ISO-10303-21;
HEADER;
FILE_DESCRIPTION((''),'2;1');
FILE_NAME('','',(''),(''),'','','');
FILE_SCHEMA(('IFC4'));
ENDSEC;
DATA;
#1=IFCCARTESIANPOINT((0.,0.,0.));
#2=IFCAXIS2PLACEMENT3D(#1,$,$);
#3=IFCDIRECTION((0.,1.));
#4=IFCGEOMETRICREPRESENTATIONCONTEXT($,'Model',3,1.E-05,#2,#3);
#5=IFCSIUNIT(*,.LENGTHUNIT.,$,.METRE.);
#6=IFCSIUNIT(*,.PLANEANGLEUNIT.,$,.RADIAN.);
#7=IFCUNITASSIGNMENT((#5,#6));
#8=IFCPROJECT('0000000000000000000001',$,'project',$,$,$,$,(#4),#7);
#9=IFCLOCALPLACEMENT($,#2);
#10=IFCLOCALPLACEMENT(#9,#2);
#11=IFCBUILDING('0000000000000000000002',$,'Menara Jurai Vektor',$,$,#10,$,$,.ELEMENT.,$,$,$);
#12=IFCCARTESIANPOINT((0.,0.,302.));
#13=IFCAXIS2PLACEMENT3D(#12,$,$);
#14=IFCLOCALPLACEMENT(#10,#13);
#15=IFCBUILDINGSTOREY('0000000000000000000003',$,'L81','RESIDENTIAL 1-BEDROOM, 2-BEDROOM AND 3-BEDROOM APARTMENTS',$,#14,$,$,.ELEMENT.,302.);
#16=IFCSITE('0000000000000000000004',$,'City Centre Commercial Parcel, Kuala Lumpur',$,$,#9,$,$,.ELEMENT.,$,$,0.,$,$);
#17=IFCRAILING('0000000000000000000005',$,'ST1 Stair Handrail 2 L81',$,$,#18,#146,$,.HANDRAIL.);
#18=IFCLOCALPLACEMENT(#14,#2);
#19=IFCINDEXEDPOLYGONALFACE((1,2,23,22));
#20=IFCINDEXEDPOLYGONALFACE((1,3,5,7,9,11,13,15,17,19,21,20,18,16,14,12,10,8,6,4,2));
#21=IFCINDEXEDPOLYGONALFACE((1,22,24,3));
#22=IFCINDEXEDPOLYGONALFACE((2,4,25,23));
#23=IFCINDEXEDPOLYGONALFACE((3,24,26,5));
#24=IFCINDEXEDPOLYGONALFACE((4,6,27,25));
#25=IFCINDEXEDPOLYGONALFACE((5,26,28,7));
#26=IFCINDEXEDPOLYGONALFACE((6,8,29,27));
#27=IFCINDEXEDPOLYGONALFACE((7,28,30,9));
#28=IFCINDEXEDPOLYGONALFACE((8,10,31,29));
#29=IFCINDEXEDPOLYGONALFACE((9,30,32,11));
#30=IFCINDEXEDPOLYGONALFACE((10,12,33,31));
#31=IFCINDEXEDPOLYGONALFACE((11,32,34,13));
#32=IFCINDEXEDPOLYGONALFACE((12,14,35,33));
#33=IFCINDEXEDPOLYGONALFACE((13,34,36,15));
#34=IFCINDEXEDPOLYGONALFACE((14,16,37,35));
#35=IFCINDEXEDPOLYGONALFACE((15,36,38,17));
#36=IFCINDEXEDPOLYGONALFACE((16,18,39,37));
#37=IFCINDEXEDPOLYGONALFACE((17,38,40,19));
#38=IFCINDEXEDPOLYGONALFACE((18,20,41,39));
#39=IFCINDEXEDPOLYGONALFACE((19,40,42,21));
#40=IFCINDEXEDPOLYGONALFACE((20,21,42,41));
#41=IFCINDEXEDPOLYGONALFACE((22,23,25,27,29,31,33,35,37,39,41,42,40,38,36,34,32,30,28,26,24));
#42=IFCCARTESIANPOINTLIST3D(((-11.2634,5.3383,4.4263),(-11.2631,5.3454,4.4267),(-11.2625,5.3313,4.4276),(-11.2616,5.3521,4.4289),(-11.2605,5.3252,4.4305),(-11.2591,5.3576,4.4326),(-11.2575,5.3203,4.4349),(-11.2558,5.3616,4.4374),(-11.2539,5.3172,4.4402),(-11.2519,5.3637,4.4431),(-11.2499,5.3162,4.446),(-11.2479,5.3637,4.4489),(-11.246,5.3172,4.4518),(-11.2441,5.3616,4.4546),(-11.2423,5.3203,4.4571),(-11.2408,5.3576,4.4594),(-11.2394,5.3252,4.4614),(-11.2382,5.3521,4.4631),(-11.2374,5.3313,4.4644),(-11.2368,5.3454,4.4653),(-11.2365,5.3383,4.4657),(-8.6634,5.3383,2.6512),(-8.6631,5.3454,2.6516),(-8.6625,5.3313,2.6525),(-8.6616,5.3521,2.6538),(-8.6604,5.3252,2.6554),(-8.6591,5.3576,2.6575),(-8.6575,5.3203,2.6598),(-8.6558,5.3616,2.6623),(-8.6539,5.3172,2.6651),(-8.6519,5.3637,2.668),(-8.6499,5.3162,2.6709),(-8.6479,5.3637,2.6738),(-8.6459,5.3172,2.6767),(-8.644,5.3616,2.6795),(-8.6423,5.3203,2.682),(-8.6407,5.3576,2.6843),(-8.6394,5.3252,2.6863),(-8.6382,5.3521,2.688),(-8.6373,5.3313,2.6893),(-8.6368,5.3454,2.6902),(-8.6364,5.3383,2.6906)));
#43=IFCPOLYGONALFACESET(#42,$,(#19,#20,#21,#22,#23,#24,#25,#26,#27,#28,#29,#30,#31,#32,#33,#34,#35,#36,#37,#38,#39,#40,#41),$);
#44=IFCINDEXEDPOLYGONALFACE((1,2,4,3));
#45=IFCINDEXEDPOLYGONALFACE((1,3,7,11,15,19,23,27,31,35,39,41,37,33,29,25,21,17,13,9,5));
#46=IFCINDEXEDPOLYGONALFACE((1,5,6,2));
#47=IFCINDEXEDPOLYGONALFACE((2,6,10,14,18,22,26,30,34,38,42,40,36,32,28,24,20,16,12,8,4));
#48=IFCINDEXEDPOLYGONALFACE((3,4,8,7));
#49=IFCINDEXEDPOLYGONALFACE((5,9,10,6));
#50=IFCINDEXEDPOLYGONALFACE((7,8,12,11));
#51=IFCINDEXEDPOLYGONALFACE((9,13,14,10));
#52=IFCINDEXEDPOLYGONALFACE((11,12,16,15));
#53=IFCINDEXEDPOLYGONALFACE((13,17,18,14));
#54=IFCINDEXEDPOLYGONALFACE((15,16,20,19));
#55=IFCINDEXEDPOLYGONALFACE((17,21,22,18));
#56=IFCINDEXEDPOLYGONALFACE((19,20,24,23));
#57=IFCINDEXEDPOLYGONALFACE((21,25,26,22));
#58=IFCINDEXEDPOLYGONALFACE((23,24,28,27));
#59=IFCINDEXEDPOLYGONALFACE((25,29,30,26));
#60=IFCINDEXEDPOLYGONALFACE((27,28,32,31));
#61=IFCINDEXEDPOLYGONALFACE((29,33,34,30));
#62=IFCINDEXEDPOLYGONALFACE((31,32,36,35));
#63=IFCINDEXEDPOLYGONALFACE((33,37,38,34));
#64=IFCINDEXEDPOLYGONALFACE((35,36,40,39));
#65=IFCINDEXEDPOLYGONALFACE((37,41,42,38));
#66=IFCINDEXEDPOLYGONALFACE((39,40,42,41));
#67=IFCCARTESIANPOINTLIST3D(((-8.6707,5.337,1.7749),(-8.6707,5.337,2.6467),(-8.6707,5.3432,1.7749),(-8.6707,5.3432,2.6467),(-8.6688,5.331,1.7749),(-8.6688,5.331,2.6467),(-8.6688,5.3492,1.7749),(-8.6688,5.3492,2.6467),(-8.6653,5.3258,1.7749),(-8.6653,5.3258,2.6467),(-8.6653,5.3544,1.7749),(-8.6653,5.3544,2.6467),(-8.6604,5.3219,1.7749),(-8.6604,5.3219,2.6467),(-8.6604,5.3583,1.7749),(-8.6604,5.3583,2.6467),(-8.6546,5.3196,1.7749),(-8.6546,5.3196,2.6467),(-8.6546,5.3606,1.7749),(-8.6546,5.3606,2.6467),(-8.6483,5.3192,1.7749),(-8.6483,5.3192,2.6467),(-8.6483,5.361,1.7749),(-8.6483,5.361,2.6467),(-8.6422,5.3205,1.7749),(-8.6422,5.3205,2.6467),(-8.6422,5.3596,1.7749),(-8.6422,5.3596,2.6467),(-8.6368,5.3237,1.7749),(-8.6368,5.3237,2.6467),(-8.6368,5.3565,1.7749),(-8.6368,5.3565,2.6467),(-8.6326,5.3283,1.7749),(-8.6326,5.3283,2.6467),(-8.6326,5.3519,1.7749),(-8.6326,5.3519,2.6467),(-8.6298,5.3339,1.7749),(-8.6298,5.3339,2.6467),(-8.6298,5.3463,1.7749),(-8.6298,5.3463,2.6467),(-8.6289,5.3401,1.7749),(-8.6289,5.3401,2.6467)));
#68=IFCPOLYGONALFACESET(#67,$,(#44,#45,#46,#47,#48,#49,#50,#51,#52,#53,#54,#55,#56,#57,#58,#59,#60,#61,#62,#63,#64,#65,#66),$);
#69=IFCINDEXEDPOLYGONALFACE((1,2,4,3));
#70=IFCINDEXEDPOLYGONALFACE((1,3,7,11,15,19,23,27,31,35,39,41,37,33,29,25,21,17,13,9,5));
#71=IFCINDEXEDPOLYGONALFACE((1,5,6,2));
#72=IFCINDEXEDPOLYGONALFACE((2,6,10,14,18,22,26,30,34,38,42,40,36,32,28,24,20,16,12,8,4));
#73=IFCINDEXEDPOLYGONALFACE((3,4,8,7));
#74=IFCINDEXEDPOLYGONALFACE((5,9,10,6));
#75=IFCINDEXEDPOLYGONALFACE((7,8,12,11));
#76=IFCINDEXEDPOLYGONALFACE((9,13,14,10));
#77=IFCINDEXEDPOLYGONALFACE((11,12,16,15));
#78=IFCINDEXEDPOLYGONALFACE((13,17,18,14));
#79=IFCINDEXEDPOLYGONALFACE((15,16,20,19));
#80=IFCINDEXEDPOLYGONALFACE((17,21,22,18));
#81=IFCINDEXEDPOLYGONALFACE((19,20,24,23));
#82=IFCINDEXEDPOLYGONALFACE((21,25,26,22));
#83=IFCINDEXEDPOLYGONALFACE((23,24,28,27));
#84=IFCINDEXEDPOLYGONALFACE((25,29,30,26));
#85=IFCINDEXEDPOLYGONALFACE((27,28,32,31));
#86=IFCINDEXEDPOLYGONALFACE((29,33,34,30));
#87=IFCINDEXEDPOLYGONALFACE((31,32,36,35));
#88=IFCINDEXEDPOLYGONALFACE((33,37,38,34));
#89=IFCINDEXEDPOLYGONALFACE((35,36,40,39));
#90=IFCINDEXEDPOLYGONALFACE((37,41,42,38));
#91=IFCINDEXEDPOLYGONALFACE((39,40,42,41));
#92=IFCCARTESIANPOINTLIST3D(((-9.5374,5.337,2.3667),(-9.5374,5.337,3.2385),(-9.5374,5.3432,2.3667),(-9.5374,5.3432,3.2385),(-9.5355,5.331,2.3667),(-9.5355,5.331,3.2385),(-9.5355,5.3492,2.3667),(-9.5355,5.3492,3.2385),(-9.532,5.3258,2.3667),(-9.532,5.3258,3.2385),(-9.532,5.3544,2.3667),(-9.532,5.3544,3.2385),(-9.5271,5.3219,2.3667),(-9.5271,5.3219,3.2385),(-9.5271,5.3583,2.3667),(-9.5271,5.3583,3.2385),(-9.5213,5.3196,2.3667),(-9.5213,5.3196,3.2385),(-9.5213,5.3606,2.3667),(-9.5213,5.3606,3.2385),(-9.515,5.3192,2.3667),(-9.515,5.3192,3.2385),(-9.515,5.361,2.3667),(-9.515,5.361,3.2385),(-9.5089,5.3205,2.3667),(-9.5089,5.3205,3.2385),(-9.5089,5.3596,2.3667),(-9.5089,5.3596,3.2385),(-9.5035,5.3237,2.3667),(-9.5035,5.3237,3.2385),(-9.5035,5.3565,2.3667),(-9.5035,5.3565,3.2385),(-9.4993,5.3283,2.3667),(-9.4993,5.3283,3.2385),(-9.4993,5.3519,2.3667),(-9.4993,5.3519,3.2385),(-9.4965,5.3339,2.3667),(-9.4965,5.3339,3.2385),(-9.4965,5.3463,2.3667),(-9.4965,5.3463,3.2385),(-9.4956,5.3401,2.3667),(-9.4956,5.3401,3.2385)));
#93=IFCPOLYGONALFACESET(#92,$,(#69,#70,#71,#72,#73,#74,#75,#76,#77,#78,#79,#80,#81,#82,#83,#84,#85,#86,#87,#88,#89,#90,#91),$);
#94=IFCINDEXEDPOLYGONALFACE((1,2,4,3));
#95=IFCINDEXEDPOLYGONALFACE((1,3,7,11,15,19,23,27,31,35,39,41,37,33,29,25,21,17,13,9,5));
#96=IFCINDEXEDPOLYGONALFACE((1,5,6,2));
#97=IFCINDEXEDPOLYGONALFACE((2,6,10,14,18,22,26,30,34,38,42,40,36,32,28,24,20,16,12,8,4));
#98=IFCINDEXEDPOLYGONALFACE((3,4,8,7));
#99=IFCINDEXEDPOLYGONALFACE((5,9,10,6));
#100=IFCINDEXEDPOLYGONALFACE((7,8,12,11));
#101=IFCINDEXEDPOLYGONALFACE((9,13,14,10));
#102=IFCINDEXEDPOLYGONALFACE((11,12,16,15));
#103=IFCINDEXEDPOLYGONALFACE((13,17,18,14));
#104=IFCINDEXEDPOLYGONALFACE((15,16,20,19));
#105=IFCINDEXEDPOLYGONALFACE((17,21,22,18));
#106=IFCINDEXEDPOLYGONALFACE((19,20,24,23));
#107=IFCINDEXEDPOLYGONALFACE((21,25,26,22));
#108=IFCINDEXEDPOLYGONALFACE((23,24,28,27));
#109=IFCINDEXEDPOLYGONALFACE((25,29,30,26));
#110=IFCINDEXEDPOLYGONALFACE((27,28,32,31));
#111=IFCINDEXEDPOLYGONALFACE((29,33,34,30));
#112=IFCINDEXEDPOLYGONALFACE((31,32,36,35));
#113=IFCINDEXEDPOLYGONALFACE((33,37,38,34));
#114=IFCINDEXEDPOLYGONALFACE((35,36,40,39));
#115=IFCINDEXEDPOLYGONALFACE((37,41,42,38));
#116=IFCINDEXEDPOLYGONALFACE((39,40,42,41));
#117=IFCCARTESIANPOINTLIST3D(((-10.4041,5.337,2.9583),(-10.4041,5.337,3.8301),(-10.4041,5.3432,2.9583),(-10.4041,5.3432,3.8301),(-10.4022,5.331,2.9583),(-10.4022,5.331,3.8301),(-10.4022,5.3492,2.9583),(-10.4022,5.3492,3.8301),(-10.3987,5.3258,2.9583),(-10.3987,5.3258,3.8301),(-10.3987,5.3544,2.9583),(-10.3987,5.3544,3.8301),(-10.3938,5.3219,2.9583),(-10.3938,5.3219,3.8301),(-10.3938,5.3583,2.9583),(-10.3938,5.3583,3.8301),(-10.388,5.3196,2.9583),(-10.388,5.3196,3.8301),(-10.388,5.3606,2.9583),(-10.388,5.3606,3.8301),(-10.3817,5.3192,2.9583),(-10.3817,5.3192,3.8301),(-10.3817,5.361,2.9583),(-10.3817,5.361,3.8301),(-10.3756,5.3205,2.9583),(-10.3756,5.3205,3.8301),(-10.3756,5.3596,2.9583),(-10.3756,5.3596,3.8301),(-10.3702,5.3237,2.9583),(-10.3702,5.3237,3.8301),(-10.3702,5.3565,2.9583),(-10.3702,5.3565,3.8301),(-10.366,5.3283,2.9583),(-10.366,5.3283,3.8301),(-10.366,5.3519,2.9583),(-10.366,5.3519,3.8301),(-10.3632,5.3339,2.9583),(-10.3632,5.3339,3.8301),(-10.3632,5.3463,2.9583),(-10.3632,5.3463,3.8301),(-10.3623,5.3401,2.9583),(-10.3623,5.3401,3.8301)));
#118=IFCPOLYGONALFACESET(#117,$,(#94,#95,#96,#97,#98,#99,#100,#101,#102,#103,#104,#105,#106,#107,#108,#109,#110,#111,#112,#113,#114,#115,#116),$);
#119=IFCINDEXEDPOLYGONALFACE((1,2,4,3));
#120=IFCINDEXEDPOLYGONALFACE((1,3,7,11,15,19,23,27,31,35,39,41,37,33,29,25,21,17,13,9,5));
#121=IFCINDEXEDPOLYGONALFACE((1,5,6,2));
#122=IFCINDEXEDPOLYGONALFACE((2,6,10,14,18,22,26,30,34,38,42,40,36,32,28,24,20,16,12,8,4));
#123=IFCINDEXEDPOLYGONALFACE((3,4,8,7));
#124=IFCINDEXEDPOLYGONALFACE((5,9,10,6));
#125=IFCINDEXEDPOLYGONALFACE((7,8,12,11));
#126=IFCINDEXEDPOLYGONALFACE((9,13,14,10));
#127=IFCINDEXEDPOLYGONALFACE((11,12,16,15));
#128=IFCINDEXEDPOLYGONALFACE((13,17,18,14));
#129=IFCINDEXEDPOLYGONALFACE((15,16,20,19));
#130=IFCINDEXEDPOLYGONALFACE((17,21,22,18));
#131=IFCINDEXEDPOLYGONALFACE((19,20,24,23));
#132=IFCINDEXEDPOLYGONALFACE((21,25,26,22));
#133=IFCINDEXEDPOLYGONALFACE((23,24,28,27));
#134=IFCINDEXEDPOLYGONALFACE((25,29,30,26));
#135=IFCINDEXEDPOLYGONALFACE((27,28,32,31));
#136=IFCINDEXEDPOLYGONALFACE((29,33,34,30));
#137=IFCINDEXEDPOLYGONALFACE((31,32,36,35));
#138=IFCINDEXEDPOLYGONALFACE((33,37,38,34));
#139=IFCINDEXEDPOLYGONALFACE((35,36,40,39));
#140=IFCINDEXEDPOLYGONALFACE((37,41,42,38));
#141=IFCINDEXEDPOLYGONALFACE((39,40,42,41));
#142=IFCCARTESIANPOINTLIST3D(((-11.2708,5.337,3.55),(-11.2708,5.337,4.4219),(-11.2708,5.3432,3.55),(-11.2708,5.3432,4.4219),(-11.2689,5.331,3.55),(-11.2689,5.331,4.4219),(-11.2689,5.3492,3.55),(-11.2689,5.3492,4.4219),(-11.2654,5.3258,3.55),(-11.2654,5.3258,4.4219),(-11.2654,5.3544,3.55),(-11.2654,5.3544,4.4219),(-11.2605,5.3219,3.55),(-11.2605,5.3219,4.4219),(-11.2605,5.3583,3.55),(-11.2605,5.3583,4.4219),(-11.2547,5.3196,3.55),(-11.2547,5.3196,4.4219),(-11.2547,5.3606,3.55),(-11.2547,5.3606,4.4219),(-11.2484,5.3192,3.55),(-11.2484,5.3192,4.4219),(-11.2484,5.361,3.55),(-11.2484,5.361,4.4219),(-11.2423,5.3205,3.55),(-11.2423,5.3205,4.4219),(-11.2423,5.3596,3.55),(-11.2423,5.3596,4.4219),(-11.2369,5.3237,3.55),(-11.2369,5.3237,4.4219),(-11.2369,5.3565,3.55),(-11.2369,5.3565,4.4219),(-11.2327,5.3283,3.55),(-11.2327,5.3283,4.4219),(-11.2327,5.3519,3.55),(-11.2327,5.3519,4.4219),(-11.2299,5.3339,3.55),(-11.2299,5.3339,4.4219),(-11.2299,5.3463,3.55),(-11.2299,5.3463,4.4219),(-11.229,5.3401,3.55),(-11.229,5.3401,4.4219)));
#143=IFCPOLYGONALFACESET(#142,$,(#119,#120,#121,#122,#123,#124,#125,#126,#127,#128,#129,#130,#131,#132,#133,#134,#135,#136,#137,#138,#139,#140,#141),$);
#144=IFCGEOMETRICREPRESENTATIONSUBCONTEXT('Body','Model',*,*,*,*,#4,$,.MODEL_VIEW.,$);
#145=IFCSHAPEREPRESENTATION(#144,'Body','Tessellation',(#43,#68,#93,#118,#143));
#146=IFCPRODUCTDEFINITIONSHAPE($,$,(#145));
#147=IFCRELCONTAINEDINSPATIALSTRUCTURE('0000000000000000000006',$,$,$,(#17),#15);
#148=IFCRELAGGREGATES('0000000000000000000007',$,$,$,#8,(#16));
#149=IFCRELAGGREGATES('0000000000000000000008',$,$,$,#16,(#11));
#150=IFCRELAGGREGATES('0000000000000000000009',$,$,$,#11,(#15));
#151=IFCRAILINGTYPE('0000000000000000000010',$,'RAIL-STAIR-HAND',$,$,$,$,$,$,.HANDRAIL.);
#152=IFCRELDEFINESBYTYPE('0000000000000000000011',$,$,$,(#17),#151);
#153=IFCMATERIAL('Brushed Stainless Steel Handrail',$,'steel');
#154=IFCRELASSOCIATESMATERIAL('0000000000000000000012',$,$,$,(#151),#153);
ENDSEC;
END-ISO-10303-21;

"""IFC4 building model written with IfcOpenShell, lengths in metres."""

from ifc_helpers import new_model, si_unit, direction, frame, origin, origin_2d, place, context, subcontext, project, spatial, circle, extrude, material, type_object, element, save


model = new_model("IFC4")

# Units and contexts
model_context = context("Model", 3, precision=1e-05, world=origin(), true_north=direction((0.0, 1.0)))
body_context = subcontext(model_context, "Body", "Model", "MODEL_VIEW")
ifc_project = project(units=[si_unit("LENGTHUNIT", "METRE"), si_unit("PLANEANGLEUNIT", "RADIAN")], contexts=[model_context])

# Site, building, storey
site_placement = place(None, origin())
site = spatial("IfcSite", under=ifc_project, at=site_placement, Name="City Centre Commercial Parcel, Kuala Lumpur", CompositionType="ELEMENT", RefElevation=0.0)
building_placement = place(site_placement, origin())
building = spatial("IfcBuilding", under=site, at=building_placement, Name="Menara Jurai Vektor", CompositionType="ELEMENT")
storey_placement = place(building_placement, frame((0.0, 0.0, 302.0)))
storey = spatial("IfcBuildingStorey", under=building, at=storey_placement, Name="L81", Description="RESIDENTIAL 1-BEDROOM, 2-BEDROOM AND 3-BEDROOM APARTMENTS", CompositionType="ELEMENT", Elevation=302.0)

# Railing
ifc_material_1 = material(Name="Brushed Stainless Steel Handrail", Category="steel")
railing_type_1 = type_object("IfcRailingType", Name="RAIL-STAIR-HAND", PredefinedType="HANDRAIL", material=ifc_material_1)
railing_1_placement = place(storey_placement, frame((-8.6499, 5.3401, 1.7749)))
element("IfcRailing", 1, at=railing_1_placement, inside=storey, type_object=railing_type_1, Name="ST1 Stair Handrail 2 L81", PredefinedType="HANDRAIL", context=body_context, shape_type="SweptSolid", body=[
    extrude(circle(Radius=0.0239, at=origin_2d()), frame((0.0, 0.0, 0.896), z_axis=(-0.825879, 0.0, 0.563847), x_axis=(0.0, -1.0, 0.0)), (0.0, 0.0, 1.0), 3.1482),
    extrude(circle(Radius=0.021, at=origin_2d()), origin(), (0.0, 0.0, 1.0), 0.8718),
    extrude(circle(Radius=0.021, at=origin_2d()), frame((-0.8667, 0.0, 0.5918)), (0.0, 0.0, 1.0), 0.8718),
    extrude(circle(Radius=0.021, at=origin_2d()), frame((-1.7334, 0.0, 1.1833)), (0.0, 0.0, 1.0), 0.8718),
    extrude(circle(Radius=0.021, at=origin_2d()), frame((-2.6001, 0.0, 1.7751)), (0.0, 0.0, 1.0), 0.8718),
])

save(model, "model.ifc")
